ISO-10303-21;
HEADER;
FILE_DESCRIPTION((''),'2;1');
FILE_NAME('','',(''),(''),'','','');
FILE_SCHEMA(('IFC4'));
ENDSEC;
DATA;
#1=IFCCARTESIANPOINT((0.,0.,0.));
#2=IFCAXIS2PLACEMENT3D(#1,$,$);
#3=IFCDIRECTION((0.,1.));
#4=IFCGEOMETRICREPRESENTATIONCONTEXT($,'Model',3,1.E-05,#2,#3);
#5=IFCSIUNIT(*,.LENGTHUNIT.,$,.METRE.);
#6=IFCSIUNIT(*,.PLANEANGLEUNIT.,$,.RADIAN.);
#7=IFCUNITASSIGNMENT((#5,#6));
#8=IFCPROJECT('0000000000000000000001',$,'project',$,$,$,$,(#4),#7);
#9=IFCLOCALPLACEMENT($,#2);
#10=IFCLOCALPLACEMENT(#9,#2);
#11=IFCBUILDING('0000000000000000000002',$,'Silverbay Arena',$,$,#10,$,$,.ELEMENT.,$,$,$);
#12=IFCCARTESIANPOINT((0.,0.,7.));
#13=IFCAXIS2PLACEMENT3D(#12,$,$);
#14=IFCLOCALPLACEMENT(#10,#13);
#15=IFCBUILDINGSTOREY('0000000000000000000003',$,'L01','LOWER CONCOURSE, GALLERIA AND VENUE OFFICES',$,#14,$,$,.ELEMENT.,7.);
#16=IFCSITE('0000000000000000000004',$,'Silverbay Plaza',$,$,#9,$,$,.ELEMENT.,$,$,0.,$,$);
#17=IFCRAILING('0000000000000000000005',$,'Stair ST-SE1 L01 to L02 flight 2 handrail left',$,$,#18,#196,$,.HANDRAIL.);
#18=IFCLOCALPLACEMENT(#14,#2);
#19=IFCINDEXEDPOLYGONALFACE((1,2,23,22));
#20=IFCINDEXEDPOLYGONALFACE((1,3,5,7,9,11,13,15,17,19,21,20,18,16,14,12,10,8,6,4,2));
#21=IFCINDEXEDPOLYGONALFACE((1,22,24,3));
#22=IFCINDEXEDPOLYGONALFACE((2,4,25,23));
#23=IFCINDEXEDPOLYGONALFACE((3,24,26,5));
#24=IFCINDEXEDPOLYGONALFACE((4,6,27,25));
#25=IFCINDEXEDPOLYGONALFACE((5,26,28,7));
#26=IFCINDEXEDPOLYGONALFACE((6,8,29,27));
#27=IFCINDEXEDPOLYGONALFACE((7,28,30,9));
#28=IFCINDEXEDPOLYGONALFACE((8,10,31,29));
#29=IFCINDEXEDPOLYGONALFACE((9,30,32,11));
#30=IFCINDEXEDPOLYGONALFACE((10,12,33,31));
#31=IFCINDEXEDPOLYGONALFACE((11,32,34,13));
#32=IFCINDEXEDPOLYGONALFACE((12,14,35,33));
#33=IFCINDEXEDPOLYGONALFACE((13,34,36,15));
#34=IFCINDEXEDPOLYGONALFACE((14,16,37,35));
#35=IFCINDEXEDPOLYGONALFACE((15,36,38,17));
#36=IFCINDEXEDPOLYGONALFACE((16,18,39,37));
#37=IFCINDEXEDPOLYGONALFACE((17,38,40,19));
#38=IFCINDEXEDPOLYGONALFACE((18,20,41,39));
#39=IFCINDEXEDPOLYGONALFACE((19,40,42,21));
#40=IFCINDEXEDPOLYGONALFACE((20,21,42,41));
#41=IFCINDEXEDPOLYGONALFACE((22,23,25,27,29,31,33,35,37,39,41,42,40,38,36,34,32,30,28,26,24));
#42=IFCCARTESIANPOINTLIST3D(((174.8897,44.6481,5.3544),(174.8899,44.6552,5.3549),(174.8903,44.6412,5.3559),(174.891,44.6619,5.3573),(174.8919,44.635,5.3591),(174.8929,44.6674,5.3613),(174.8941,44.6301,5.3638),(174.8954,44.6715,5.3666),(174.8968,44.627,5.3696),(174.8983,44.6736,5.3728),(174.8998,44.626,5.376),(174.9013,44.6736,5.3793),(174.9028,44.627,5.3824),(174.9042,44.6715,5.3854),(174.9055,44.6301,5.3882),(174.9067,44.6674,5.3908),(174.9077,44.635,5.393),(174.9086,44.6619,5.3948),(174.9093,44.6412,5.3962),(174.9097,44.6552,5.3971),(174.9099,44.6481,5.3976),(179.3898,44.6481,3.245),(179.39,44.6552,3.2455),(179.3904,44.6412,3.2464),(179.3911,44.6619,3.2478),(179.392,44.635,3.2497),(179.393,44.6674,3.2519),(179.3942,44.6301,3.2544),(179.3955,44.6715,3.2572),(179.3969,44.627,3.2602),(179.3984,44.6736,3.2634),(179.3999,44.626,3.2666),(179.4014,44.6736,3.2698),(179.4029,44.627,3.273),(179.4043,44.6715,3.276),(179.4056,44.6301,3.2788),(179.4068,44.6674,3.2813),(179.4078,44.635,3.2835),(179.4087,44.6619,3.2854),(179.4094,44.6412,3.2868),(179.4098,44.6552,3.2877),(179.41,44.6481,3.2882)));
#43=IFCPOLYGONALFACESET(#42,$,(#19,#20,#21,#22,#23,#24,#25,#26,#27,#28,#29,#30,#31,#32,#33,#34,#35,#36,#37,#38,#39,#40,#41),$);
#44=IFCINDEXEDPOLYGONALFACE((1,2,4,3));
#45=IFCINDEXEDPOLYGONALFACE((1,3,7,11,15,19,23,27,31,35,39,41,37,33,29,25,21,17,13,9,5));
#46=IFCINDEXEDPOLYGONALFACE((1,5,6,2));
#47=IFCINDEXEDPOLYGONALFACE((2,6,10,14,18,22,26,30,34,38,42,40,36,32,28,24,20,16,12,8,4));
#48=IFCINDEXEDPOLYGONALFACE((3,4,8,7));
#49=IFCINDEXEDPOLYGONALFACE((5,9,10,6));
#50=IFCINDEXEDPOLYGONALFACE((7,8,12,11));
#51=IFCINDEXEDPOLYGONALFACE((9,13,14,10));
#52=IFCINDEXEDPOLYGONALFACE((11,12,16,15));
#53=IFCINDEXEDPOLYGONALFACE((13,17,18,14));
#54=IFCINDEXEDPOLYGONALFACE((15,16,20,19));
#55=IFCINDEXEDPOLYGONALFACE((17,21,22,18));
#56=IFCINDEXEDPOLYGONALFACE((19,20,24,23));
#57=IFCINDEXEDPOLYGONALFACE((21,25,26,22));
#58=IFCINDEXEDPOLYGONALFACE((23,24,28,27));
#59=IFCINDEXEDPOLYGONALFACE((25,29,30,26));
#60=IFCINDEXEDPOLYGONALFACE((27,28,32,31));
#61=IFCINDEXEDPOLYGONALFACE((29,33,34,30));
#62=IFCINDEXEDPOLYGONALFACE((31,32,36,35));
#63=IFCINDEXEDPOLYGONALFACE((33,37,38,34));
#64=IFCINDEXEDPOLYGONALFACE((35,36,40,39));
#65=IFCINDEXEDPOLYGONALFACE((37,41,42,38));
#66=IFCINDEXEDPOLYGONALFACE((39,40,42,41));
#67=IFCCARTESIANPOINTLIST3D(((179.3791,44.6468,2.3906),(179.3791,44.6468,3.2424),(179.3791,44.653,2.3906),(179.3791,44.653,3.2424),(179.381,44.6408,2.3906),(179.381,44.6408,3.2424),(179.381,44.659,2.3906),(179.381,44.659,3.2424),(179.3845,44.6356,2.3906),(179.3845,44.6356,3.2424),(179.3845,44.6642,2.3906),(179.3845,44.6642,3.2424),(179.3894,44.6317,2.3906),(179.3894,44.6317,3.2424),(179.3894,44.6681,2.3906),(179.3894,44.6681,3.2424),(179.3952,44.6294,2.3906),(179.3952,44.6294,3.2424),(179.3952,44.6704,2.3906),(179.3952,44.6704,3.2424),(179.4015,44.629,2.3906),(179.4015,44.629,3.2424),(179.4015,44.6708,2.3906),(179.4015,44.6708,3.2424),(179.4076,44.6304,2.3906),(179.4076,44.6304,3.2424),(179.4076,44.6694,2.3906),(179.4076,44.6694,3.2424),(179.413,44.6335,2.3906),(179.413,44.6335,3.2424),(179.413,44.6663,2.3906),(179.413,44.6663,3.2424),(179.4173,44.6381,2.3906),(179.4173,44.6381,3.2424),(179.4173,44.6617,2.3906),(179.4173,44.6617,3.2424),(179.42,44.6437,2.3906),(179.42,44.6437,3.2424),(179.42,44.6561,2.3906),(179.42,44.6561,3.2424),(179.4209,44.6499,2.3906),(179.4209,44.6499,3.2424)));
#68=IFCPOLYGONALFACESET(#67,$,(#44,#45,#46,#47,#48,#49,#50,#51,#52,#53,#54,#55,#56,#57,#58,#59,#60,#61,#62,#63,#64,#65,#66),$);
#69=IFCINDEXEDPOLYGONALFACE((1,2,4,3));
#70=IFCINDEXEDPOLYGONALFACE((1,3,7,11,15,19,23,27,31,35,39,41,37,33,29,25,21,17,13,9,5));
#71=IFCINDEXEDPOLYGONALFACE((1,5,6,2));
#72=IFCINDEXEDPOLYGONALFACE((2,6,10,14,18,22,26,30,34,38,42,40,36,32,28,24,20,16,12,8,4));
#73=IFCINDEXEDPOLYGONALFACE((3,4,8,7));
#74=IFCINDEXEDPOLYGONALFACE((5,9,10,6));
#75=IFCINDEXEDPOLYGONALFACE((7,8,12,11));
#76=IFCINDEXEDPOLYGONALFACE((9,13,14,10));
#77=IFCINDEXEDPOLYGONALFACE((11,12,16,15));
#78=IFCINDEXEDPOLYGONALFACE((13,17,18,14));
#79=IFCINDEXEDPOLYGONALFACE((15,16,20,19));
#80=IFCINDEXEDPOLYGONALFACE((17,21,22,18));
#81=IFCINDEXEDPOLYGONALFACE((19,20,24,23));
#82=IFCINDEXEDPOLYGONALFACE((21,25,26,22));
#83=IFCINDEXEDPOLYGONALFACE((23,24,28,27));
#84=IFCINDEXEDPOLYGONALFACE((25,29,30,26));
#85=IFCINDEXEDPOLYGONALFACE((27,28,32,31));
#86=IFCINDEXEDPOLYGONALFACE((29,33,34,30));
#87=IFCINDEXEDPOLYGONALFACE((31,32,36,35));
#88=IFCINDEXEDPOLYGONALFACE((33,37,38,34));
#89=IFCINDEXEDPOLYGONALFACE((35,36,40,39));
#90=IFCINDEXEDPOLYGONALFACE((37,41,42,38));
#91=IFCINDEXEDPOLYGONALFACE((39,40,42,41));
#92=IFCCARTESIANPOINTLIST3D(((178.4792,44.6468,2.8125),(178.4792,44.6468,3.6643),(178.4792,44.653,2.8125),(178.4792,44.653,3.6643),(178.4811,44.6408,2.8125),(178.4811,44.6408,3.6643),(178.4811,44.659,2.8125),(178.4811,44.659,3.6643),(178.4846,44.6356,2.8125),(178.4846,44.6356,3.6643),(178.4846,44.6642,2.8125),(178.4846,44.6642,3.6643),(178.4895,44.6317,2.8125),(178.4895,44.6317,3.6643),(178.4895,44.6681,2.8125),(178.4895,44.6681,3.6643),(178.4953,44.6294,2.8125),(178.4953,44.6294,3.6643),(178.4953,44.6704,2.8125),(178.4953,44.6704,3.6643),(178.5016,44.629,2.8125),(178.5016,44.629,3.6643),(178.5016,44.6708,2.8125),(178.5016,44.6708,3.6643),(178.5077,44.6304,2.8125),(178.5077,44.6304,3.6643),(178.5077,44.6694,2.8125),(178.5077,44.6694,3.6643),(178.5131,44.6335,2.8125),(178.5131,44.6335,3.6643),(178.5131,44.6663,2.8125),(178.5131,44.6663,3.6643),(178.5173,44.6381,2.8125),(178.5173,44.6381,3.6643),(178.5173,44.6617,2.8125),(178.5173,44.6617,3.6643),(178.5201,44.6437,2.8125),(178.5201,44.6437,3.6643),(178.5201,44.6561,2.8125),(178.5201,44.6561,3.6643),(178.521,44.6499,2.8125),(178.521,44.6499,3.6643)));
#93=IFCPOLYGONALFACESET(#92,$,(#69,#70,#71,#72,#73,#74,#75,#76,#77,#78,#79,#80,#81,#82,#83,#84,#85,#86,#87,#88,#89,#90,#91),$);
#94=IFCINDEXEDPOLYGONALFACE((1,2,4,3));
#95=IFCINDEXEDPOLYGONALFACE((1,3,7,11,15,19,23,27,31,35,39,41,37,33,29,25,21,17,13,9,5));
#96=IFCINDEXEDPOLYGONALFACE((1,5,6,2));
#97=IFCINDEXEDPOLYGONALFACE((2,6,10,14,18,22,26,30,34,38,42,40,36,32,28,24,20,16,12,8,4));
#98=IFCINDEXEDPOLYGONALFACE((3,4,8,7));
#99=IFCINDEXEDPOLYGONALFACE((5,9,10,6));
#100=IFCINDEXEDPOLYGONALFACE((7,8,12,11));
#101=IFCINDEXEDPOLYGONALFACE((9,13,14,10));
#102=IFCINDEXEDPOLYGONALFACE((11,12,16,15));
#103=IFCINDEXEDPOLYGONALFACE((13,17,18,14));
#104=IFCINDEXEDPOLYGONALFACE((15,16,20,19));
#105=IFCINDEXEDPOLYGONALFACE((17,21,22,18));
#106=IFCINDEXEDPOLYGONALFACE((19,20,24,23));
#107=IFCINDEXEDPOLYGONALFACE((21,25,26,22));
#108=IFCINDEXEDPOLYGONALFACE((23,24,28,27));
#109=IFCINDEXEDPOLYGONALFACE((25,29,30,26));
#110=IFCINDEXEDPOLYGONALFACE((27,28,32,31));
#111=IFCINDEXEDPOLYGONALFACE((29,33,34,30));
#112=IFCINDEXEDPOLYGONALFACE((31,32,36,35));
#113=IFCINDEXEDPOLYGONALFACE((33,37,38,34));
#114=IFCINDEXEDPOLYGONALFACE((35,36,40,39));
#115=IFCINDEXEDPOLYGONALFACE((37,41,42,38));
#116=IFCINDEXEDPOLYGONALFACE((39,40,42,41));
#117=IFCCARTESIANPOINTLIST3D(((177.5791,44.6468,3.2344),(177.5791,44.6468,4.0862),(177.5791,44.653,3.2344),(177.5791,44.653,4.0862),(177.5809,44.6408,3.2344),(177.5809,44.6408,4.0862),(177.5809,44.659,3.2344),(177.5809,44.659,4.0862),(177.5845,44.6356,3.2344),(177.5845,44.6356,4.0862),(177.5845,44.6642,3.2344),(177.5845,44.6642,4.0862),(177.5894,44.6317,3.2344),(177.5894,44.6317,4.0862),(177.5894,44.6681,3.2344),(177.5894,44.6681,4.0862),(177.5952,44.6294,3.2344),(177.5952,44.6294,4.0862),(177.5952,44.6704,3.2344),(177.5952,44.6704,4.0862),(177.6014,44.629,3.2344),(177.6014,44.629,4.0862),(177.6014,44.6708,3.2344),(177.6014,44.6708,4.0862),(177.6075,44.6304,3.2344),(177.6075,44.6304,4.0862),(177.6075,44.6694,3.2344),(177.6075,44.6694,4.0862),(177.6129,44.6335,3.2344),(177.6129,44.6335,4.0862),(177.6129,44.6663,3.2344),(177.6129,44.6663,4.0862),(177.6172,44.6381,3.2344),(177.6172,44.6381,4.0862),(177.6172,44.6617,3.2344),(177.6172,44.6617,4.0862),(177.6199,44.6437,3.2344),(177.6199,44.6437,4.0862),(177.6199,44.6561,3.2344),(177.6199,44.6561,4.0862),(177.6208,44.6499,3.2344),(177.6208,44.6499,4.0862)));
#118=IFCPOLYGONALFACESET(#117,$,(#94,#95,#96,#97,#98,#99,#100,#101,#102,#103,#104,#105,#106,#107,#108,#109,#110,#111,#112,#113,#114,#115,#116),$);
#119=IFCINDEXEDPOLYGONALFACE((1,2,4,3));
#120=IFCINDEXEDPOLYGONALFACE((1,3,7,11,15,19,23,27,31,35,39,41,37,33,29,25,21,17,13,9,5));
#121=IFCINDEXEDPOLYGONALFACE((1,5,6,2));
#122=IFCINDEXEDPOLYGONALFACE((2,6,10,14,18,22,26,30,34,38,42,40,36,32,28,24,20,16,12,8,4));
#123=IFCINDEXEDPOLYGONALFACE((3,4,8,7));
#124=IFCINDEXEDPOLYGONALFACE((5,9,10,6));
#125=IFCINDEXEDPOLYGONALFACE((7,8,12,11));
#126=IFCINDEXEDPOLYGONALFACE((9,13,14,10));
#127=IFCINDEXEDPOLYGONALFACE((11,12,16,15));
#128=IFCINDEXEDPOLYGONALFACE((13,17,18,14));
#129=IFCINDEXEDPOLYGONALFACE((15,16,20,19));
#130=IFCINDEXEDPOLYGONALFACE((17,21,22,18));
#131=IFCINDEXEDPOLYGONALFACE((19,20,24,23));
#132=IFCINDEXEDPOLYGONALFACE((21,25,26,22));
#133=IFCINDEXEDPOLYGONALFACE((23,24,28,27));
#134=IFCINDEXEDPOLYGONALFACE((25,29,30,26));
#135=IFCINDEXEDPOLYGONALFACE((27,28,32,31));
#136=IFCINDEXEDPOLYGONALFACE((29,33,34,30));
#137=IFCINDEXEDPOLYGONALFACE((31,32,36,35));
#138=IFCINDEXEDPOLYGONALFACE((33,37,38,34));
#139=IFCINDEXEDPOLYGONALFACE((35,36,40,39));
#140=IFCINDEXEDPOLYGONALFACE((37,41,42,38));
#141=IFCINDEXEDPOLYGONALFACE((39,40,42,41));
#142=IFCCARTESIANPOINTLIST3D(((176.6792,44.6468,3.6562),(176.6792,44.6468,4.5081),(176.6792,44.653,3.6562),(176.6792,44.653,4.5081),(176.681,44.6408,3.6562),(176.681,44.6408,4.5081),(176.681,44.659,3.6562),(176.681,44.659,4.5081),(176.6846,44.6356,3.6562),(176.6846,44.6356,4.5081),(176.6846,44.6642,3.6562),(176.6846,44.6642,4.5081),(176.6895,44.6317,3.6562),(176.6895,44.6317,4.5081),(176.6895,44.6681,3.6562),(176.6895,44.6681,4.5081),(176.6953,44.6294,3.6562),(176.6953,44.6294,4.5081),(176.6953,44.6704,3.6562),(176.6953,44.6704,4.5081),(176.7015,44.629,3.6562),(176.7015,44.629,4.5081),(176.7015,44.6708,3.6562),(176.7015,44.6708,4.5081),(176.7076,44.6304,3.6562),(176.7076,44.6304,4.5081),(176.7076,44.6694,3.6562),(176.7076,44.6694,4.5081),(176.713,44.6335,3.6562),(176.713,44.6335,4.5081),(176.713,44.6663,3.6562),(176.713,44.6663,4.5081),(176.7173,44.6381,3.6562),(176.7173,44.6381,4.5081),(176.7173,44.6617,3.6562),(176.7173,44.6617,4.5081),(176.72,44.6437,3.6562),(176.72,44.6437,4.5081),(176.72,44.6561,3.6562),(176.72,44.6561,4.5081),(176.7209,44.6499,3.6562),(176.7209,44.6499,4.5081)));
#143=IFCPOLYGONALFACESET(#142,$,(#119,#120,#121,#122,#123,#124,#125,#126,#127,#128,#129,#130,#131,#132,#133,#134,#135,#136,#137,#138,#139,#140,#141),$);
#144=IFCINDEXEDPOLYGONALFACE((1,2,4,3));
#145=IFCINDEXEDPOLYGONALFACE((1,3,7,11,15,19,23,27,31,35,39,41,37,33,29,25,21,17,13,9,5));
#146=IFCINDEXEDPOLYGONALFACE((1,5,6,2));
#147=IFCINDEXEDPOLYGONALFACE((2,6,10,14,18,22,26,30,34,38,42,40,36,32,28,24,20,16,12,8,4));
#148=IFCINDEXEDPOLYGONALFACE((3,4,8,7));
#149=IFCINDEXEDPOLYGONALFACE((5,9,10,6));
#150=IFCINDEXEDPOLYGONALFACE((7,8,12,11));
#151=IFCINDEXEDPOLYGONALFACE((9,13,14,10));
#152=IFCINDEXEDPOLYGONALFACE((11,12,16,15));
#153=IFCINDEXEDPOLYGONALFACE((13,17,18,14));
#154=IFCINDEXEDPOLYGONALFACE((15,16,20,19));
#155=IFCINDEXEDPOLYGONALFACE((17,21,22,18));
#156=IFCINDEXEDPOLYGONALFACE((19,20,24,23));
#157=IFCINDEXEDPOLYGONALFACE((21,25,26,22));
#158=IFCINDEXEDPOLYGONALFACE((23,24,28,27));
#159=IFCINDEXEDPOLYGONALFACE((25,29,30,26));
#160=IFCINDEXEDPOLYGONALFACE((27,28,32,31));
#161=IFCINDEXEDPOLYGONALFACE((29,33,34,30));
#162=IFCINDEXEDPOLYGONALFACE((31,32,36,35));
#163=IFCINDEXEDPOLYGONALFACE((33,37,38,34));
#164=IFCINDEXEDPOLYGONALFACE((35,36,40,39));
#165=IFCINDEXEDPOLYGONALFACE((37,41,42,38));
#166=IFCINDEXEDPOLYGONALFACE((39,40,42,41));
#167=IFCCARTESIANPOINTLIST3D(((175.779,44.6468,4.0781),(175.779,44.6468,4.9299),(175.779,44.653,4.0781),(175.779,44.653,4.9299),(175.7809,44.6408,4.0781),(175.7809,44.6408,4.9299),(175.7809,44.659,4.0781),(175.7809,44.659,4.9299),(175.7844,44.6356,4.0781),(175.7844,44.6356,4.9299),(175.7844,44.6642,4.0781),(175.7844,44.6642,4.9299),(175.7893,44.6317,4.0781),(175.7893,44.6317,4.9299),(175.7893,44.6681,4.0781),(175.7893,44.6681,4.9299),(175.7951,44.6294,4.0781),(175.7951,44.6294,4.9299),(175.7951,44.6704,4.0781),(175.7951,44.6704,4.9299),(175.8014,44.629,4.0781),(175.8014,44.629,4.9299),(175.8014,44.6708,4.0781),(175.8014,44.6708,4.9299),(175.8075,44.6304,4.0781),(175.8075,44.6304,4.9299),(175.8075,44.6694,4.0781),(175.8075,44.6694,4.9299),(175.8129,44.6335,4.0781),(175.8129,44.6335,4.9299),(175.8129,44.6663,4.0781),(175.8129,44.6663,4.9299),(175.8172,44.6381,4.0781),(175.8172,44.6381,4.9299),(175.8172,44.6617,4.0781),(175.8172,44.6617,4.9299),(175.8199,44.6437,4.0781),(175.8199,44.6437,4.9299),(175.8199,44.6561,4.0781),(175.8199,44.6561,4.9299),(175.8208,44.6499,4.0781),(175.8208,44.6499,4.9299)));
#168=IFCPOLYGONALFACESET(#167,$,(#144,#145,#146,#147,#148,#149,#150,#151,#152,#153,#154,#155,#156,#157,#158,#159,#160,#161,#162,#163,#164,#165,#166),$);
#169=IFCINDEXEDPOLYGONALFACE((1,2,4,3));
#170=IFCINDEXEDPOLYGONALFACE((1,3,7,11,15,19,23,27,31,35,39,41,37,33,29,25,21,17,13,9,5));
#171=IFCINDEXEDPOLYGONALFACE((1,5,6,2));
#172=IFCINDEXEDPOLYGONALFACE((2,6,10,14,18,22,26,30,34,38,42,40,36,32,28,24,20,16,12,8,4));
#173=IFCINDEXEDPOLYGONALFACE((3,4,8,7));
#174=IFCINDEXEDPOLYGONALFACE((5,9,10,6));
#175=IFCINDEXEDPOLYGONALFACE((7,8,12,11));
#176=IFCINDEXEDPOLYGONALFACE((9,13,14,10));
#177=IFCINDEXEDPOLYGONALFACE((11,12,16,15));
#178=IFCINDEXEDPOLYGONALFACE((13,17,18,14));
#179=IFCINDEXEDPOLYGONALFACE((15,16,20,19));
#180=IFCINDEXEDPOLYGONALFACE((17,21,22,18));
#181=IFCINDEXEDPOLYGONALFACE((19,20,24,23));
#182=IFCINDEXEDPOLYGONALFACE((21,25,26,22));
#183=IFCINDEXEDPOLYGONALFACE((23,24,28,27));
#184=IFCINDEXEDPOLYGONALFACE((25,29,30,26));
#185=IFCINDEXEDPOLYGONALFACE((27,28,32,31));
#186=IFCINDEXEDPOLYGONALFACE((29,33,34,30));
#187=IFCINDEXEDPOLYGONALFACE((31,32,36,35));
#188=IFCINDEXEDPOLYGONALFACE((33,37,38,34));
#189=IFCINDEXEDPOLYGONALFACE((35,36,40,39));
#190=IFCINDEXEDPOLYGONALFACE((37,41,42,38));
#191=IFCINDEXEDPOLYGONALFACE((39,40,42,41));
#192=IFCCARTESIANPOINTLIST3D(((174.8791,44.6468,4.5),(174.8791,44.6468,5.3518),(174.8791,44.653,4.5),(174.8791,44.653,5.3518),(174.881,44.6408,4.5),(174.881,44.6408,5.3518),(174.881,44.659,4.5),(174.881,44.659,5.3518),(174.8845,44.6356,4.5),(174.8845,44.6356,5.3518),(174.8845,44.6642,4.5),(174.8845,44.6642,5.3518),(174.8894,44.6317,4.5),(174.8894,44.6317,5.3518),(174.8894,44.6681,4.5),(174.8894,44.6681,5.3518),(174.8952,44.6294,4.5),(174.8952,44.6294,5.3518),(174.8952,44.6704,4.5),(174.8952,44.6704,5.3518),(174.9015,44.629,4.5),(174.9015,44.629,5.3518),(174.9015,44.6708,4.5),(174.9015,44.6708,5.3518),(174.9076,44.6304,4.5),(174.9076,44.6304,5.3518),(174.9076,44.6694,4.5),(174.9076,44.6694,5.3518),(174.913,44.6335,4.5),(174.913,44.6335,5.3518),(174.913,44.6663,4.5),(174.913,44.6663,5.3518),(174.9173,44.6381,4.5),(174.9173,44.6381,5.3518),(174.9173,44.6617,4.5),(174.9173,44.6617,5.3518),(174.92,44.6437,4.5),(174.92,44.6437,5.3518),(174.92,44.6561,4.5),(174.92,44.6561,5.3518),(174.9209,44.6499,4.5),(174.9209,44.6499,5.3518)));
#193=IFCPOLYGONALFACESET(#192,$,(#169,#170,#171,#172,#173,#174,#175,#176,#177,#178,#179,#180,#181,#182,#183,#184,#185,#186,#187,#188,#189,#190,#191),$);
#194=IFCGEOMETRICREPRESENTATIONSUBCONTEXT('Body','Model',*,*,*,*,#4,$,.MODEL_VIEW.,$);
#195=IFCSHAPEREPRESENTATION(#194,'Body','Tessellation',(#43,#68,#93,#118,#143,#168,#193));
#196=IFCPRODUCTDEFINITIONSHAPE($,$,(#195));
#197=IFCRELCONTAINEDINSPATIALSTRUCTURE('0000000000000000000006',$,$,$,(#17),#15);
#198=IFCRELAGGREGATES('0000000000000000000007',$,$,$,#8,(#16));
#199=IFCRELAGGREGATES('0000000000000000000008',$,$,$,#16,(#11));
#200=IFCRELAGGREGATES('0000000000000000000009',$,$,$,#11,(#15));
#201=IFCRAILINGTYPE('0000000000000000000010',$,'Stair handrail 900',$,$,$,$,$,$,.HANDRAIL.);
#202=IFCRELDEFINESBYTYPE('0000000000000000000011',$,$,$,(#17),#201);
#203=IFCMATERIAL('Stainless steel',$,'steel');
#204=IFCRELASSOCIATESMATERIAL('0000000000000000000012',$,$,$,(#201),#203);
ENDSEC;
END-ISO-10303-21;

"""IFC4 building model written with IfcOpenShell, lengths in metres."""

from ifc_helpers import new_model, si_unit, direction, frame, origin, origin_2d, place, context, subcontext, project, spatial, circle, extrude, material, type_object, element, save


model = new_model("IFC4")

# Units and contexts
model_context = context("Model", 3, precision=1e-05, world=origin(), true_north=direction((0.0, 1.0)))
body_context = subcontext(model_context, "Body", "Model", "MODEL_VIEW")
ifc_project = project(units=[si_unit("LENGTHUNIT", "METRE"), si_unit("PLANEANGLEUNIT", "RADIAN")], contexts=[model_context])

# Site, building, storey
site_placement = place(None, origin())
site = spatial("IfcSite", under=ifc_project, at=site_placement, Name="Silverbay Plaza", CompositionType="ELEMENT", RefElevation=0.0)
building_placement = place(site_placement, origin())
building = spatial("IfcBuilding", under=site, at=building_placement, Name="Silverbay Arena", CompositionType="ELEMENT")
storey_placement = place(building_placement, frame((0.0, 0.0, 7.0)))
storey = spatial("IfcBuildingStorey", under=building, at=storey_placement, Name="L01", Description="LOWER CONCOURSE, GALLERIA AND VENUE OFFICES", CompositionType="ELEMENT", Elevation=7.0)

# Railing
ifc_material_1 = material(Name="Stainless steel", Category="steel")
railing_type_1 = type_object("IfcRailingType", Name="Stair handrail 900", PredefinedType="HANDRAIL", material=ifc_material_1)
for number, where, name in (
    (1, (179.3999, 44.6499, 2.3906), "Stair ST-SE1 L01 to L02 flight 2 handrail left"),
):
    element("IfcRailing", number, at=place(storey_placement, frame(where)), inside=storey, type_object=railing_type_1, Name=name, PredefinedType="HANDRAIL", context=body_context, shape_type="SweptSolid", body=[
        extrude(circle(Radius=0.0239, at=origin_2d()), frame((0.0, 0.0, 0.876), z_axis=(-0.905459, 0.0, 0.424434), x_axis=(0.0, -1.0, 0.0)), (0.0, 0.0, 1.0), 4.97),
        extrude(circle(Radius=0.021, at=origin_2d()), origin(), (0.0, 0.0, 1.0), 0.8518),
        extrude(circle(Radius=0.021, at=origin_2d()), frame((-0.8999, 0.0, 0.4219)), (0.0, 0.0, 1.0), 0.8518),
        extrude(circle(Radius=0.021, at=origin_2d()), frame((-1.8, 0.0, 0.8438)), (0.0, 0.0, 1.0), 0.8518),
        extrude(circle(Radius=0.021, at=origin_2d()), frame((-2.7, 0.0, 1.2656)), (0.0, 0.0, 1.0), 0.8518),
        extrude(circle(Radius=0.021, at=origin_2d()), frame((-3.6001, 0.0, 1.6875)), (0.0, 0.0, 1.0), 0.8518),
        extrude(circle(Radius=0.021, at=origin_2d()), frame((-4.5, 0.0, 2.1094)), (0.0, 0.0, 1.0), 0.8518),
    ])

save(model, "model.ifc")
